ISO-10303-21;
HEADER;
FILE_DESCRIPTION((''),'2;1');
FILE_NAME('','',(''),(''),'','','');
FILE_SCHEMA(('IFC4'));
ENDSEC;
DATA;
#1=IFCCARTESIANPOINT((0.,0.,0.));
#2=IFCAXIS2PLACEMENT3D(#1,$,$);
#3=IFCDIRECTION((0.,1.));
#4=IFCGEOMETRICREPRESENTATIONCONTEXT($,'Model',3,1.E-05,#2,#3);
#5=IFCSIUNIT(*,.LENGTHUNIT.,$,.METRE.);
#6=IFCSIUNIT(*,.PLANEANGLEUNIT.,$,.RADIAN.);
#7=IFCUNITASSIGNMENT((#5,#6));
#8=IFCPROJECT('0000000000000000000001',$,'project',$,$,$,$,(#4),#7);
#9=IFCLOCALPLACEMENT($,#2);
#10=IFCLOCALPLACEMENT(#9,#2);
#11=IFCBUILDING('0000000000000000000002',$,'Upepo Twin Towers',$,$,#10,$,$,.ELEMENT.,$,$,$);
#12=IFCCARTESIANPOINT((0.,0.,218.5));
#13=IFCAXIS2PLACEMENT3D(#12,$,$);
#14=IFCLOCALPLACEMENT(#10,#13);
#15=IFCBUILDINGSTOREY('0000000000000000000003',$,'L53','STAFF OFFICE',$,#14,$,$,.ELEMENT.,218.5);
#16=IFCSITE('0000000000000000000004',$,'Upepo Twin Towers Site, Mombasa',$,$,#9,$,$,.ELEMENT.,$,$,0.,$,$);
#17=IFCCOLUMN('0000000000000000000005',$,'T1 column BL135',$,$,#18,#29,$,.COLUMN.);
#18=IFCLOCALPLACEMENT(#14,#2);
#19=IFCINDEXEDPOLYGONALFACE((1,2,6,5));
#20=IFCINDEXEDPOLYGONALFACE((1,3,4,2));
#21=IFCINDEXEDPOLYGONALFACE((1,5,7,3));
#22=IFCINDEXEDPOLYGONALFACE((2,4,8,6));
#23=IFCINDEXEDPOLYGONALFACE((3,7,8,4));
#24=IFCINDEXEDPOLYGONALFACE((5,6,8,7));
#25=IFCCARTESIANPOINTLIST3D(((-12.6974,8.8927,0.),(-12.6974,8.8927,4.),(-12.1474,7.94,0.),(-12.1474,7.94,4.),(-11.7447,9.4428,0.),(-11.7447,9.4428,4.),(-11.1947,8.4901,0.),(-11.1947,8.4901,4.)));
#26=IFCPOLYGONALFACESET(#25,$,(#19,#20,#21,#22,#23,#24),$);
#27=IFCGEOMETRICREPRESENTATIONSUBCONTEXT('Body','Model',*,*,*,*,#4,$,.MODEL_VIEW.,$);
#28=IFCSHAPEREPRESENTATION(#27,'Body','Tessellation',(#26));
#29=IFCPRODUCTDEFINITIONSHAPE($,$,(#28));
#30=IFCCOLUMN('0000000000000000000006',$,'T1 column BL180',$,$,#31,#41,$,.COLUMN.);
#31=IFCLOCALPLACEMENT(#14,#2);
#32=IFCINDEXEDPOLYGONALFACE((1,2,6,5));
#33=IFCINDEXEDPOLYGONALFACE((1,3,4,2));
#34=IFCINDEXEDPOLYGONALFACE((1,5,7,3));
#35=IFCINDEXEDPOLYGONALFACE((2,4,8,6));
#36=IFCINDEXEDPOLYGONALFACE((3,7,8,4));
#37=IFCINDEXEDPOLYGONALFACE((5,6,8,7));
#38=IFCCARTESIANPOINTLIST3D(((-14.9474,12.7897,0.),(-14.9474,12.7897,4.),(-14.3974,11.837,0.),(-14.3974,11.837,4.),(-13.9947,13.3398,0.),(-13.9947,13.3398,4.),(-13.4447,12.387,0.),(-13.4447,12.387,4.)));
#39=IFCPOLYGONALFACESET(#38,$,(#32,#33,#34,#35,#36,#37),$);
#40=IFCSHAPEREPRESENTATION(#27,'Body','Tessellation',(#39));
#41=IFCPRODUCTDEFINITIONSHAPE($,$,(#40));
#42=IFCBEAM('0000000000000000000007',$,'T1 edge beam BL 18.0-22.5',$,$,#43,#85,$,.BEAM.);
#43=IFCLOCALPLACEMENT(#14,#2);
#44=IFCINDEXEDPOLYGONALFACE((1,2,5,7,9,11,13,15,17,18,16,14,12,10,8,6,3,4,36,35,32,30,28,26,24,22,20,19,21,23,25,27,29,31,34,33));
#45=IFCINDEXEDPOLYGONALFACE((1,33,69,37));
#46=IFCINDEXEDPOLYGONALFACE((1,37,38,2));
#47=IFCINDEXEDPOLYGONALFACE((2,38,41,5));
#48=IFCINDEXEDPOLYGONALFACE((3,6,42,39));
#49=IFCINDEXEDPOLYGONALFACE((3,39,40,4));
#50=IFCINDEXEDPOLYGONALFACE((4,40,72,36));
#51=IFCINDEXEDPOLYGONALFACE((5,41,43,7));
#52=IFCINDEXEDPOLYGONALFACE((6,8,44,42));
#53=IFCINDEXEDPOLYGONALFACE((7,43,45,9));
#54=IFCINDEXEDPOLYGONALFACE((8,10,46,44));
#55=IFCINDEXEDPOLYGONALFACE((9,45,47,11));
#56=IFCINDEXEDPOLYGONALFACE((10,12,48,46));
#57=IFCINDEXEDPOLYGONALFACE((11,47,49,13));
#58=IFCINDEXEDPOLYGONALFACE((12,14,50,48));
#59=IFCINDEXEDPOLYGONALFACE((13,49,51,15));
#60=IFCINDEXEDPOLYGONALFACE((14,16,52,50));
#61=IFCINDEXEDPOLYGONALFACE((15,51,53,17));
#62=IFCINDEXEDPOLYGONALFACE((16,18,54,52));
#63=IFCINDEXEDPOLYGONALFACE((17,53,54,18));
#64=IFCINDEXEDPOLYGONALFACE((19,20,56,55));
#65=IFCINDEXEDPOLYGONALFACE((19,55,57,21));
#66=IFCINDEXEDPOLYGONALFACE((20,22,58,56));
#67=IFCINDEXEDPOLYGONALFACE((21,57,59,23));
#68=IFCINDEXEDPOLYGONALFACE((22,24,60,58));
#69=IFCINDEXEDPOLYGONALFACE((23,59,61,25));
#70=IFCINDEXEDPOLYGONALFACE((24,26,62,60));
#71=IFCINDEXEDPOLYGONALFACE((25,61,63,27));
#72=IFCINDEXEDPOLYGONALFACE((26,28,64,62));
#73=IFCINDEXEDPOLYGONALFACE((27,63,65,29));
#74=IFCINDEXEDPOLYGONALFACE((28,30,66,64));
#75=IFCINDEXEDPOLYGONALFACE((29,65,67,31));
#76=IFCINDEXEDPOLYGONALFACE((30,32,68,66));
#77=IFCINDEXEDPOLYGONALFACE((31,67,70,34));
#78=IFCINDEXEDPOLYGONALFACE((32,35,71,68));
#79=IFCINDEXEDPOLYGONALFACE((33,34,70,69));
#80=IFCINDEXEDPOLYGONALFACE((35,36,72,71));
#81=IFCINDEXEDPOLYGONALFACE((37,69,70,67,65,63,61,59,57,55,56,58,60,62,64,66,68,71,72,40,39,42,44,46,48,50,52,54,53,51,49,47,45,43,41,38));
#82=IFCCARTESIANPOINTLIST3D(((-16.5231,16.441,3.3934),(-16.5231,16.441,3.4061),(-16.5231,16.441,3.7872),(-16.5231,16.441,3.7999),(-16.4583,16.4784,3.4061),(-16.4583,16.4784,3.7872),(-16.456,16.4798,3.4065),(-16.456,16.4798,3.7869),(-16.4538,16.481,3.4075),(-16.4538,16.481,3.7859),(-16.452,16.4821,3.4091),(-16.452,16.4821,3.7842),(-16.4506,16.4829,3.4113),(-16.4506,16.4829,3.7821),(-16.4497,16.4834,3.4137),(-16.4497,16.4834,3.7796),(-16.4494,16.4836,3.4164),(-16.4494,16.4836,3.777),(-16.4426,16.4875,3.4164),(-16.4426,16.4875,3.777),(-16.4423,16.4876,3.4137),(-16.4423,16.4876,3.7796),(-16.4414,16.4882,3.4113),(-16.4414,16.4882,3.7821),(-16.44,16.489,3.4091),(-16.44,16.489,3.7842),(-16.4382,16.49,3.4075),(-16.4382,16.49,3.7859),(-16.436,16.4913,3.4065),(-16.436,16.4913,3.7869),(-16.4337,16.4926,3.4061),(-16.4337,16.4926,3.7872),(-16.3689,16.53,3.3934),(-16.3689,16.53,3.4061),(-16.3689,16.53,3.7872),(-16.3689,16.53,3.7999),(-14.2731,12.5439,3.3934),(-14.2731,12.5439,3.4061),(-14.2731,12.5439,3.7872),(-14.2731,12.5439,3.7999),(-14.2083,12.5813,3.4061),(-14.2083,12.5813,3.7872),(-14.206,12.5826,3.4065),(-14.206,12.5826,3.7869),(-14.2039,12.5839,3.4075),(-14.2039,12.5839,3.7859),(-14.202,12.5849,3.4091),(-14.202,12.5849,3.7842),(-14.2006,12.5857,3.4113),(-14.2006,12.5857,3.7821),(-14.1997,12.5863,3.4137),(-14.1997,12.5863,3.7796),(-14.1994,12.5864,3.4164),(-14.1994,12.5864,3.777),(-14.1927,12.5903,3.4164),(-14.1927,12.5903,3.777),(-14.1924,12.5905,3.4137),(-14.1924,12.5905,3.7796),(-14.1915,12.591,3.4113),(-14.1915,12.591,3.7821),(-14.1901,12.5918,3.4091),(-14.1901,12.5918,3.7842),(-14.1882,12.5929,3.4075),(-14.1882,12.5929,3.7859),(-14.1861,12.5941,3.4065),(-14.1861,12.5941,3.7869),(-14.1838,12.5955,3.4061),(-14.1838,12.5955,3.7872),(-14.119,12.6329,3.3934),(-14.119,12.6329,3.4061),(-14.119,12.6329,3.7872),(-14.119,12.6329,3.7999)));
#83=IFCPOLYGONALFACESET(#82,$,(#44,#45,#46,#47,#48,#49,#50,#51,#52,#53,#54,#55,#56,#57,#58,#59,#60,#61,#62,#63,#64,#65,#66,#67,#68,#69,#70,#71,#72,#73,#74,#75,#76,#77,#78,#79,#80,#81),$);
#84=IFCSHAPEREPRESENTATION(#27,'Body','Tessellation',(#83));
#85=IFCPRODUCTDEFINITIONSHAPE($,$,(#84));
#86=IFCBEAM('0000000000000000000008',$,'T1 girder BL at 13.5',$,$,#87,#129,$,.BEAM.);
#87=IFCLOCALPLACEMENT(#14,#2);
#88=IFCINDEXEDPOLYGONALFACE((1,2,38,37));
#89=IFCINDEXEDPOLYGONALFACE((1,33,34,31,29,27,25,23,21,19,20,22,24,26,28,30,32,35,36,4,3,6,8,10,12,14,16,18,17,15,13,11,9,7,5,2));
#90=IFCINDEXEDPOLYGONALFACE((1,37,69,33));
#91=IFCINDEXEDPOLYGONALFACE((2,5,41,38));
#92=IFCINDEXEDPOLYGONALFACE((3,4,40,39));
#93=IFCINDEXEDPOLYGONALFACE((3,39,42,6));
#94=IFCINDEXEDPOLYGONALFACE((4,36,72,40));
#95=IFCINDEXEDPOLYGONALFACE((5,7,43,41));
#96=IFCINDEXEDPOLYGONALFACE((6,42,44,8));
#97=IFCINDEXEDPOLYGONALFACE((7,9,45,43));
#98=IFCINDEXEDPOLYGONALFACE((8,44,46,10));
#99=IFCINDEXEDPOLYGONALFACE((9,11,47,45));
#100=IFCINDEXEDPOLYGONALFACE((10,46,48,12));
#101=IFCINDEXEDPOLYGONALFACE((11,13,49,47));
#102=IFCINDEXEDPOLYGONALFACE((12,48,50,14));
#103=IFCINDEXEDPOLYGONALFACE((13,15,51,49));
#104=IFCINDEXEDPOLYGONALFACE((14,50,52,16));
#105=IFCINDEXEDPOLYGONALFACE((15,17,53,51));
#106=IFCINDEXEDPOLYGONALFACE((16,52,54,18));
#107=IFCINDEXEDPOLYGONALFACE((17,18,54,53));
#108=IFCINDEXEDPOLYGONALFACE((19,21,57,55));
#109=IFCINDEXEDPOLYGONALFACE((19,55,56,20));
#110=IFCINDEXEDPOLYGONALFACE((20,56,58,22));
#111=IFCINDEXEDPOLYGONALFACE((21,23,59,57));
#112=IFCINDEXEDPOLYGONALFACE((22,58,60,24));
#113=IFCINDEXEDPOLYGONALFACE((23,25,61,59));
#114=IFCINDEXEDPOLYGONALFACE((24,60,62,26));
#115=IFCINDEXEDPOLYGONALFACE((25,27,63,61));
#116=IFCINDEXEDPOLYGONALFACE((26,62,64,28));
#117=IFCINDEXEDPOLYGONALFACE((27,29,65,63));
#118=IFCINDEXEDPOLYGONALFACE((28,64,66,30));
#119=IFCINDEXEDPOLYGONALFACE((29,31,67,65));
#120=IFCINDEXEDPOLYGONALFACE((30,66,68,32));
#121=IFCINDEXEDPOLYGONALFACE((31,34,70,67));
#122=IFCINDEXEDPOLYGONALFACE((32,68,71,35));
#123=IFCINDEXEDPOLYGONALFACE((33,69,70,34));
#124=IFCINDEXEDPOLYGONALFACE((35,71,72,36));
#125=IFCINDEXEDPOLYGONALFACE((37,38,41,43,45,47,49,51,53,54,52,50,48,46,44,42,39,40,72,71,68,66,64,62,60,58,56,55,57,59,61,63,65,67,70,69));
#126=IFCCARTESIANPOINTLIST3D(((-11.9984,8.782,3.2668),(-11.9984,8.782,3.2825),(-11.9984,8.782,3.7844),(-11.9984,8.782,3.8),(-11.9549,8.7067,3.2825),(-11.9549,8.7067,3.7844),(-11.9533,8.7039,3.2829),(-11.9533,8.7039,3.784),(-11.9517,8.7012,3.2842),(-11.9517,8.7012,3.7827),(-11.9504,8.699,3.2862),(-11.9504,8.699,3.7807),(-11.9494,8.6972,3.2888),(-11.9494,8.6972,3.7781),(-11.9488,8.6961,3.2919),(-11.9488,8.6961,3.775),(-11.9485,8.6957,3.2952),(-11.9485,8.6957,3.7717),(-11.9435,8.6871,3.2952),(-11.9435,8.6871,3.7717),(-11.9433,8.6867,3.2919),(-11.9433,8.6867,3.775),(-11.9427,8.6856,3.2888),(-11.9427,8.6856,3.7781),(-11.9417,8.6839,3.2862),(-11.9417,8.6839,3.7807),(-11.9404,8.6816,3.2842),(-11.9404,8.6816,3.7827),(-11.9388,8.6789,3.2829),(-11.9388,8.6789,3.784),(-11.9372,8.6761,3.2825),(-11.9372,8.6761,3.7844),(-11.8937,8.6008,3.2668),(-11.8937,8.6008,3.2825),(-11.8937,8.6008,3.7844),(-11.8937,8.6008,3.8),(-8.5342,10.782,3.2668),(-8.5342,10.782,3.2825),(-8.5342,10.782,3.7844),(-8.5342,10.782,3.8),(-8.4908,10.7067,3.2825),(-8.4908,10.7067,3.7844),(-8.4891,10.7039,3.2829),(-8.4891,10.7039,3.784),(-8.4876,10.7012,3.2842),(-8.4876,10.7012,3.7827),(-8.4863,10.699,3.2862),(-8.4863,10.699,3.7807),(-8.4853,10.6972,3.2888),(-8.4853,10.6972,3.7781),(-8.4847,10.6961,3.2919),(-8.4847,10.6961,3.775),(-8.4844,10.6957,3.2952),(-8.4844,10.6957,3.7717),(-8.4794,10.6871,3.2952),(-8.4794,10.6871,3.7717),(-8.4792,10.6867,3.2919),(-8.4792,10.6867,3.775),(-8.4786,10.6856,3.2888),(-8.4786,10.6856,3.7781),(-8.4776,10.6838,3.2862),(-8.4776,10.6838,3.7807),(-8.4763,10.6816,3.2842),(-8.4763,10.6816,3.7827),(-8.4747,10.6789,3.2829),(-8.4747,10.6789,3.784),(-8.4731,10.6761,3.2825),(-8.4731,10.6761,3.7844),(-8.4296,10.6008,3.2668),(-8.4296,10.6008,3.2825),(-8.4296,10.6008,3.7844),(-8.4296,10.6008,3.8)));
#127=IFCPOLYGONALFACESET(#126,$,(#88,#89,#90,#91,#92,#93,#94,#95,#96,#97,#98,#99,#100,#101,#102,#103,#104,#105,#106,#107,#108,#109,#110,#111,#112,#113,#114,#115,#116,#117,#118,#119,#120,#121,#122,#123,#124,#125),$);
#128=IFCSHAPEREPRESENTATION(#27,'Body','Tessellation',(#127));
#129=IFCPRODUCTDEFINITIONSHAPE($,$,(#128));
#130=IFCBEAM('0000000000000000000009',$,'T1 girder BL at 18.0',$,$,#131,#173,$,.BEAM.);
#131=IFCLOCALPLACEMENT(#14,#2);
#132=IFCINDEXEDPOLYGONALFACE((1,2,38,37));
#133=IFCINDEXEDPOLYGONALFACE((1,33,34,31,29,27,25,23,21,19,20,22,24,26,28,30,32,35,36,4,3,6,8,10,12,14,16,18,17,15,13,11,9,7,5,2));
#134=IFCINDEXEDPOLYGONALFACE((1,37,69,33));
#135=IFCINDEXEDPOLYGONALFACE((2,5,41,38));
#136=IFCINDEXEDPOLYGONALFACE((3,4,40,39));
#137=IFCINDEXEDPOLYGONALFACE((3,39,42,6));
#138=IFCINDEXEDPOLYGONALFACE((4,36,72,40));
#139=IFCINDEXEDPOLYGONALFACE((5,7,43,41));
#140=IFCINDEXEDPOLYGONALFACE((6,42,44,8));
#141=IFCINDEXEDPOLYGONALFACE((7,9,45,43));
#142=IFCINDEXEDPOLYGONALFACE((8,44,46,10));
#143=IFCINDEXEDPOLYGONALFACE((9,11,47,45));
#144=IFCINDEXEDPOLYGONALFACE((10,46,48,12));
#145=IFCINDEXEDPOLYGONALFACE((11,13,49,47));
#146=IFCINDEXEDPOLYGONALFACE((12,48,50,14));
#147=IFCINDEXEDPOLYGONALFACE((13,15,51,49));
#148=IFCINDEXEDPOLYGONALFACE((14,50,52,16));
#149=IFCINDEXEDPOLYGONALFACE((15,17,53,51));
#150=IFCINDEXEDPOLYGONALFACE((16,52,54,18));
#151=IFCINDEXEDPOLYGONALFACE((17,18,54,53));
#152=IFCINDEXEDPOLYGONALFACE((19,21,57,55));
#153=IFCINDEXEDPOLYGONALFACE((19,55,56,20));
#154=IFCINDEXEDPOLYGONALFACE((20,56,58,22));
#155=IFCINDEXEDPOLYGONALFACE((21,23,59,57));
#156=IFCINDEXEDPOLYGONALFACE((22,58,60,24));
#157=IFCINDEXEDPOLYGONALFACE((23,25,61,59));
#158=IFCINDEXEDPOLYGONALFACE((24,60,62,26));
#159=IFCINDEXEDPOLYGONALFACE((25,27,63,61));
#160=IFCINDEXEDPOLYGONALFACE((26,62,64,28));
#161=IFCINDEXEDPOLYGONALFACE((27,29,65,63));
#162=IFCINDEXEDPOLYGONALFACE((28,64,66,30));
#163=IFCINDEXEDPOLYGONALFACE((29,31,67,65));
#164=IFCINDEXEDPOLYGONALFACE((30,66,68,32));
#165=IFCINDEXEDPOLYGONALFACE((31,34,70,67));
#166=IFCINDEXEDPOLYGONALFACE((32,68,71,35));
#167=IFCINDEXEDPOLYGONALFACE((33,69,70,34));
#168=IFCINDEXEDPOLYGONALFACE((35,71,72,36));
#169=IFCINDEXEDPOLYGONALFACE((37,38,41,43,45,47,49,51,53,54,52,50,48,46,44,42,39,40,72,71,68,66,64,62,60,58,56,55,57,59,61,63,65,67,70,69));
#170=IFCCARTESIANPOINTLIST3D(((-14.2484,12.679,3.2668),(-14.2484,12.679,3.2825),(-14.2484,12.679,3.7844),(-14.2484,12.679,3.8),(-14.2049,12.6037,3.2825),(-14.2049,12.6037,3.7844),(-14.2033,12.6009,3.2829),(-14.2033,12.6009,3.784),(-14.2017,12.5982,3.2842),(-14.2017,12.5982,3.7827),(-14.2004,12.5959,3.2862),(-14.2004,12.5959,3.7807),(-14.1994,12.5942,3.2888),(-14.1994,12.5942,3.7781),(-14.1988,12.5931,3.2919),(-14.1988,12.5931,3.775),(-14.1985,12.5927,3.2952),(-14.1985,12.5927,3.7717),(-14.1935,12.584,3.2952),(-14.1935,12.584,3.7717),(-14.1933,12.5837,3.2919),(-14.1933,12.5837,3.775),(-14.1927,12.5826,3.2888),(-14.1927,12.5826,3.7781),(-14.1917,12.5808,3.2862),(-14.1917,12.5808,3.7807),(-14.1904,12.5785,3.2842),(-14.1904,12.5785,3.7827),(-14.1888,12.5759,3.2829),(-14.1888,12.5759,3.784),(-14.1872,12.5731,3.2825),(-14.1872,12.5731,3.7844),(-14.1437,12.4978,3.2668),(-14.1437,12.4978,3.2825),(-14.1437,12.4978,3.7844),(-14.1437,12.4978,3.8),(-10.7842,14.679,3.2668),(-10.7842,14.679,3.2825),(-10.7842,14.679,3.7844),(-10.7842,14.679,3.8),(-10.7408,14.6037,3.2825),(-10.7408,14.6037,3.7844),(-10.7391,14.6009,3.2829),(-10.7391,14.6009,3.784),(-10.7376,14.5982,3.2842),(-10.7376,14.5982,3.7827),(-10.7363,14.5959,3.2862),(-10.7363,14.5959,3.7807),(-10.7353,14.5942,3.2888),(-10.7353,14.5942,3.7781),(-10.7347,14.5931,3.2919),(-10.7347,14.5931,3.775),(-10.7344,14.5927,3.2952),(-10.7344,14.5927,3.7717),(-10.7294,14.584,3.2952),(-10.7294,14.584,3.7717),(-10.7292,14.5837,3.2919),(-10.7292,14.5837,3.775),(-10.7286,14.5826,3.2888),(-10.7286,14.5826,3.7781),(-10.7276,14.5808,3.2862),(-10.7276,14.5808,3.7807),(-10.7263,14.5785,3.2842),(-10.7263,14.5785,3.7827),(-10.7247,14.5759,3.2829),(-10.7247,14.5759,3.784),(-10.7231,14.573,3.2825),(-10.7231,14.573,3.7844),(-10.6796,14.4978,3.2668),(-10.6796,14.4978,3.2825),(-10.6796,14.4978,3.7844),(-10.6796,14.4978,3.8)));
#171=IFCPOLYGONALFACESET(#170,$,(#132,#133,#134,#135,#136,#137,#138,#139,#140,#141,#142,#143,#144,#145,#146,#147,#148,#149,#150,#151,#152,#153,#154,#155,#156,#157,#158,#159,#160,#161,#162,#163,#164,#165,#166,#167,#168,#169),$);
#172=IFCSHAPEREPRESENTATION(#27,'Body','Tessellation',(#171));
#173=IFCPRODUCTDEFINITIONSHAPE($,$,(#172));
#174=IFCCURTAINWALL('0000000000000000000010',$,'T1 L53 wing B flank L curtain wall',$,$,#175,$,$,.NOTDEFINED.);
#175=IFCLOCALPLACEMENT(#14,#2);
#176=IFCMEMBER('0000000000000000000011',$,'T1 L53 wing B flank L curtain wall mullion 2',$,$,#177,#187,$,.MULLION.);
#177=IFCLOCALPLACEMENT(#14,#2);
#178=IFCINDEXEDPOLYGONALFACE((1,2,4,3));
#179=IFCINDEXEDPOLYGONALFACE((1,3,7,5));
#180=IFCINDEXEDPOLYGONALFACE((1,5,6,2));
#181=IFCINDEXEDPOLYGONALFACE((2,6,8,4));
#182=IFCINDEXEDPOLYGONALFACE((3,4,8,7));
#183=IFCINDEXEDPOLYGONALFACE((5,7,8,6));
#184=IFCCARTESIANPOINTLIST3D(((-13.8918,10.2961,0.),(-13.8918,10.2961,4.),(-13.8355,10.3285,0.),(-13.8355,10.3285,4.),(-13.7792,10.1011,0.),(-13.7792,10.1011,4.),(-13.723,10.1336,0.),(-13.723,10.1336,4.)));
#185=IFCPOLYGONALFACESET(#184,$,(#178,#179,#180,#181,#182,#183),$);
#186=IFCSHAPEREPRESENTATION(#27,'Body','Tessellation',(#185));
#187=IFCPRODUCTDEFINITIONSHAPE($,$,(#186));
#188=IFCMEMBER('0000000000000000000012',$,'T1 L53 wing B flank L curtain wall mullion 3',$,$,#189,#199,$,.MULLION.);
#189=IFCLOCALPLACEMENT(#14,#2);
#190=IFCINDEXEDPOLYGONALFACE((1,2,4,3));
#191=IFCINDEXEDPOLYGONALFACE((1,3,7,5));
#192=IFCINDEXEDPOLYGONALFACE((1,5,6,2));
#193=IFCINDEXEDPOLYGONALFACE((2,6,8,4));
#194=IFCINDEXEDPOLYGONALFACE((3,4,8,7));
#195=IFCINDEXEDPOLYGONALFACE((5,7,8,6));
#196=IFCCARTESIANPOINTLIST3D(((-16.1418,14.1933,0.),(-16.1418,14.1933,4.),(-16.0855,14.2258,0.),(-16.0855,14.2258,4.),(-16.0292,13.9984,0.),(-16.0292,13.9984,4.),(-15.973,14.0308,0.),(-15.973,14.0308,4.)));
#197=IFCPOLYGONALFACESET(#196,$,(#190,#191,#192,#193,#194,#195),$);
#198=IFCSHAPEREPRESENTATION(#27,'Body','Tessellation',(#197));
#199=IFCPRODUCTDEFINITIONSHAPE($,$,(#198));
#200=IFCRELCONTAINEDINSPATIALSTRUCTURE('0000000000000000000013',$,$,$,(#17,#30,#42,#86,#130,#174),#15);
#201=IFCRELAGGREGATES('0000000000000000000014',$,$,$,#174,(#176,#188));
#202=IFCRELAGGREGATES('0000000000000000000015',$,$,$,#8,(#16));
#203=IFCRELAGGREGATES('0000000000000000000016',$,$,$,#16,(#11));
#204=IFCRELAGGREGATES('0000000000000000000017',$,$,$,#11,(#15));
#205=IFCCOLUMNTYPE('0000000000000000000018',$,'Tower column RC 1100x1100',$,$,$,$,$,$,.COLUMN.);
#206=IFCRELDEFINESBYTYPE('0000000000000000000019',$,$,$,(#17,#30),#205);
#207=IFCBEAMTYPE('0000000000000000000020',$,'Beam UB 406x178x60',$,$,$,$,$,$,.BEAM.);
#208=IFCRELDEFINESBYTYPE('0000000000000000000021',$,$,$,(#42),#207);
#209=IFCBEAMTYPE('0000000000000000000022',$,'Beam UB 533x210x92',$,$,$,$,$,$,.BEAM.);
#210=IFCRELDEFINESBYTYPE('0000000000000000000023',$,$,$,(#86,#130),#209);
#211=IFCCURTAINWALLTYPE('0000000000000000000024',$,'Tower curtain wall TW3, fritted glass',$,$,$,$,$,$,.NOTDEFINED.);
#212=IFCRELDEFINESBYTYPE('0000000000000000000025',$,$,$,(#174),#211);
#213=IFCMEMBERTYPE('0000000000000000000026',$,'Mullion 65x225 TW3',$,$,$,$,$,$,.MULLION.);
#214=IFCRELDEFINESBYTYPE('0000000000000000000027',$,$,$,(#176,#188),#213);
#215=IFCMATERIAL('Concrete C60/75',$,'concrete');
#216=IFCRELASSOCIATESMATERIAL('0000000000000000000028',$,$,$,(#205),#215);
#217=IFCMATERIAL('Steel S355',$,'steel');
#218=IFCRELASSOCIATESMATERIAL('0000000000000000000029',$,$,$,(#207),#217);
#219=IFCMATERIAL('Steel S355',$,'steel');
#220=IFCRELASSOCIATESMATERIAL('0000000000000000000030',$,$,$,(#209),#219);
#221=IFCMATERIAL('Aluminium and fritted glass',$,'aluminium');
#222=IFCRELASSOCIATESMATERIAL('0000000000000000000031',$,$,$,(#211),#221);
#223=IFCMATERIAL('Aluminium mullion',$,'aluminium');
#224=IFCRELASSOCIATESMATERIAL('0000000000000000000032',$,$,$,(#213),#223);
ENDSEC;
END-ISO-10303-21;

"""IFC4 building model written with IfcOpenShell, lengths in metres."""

from ifc_helpers import new_model, si_unit, direction, frame, origin, origin_2d, place, context, subcontext, project, spatial, rectangle, i_section, extrude, material, material_profile, profile_set, type_object, element, aggregate, save


model = new_model("IFC4")

# Units and contexts
model_context = context("Model", 3, precision=1e-05, world=origin(), true_north=direction((0.0, 1.0)))
body_context = subcontext(model_context, "Body", "Model", "MODEL_VIEW")
ifc_project = project(units=[si_unit("LENGTHUNIT", "METRE"), si_unit("PLANEANGLEUNIT", "RADIAN")], contexts=[model_context])

# Site, building, storey
site_placement = place(None, origin())
site = spatial("IfcSite", under=ifc_project, at=site_placement, Name="Upepo Twin Towers Site, Mombasa", CompositionType="ELEMENT", RefElevation=0.0)
building_placement = place(site_placement, origin())
building = spatial("IfcBuilding", under=site, at=building_placement, Name="Upepo Twin Towers", CompositionType="ELEMENT")
storey_placement = place(building_placement, frame((0.0, 0.0, 218.5)))
storey = spatial("IfcBuildingStorey", under=building, at=storey_placement, Name="L53", Description="STAFF OFFICE", CompositionType="ELEMENT", Elevation=218.5)

# Columns
ifc_material_1 = material(Name="Concrete C60/75", Category="concrete")
ifc_material_profile_1 = material_profile(ifc_material_1, rectangle(XDim=1.1001, YDim=1.1001, at=origin_2d()), Name="RC 1100x1100")
ifc_profile_set_1 = profile_set([ifc_material_profile_1], Name="Concrete C60/75")
column_type = type_object("IfcColumnType", Name="Tower column RC 1100x1100", PredefinedType="COLUMN", material=ifc_profile_set_1)
for number, where, z_axis, x_axis, name in (
    (1, (-11.946, 8.6914, 0.0), (0.0, 0.0, 1.0), (0.866025, 0.5, 0.0), "T1 column BL135"),
    (2, (-14.196, 12.5884, 0.0), (0.0, 0.0, 1.0), (0.866025, 0.5, 0.0), "T1 column BL180"),
):
    element("IfcColumn", number, at=place(storey_placement, frame(where, z_axis=z_axis, x_axis=x_axis)), inside=storey, type_object=column_type, Name=name, PredefinedType="COLUMN", context=body_context, shape_type="SweptSolid", body=[
        extrude(rectangle(XDim=1.1001, YDim=1.1001, at=origin_2d()), origin(), (0.0, 0.0, 1.0), 4.0),
    ])

# Beams
ifc_material_2 = material(Name="Steel S355", Category="steel")
ifc_material_profile_2 = material_profile(ifc_material_2, i_section(OverallWidth=0.178, OverallDepth=0.4065, WebThickness=0.0078, FlangeThickness=0.0127, FilletRadius=0.0103, at=origin_2d()), Name="UB 406x178x60")
ifc_profile_set_2 = profile_set([ifc_material_profile_2], Name="Steel S355")
beam_type_1 = type_object("IfcBeamType", Name="Beam UB 406x178x60", PredefinedType="BEAM", material=ifc_profile_set_2)
beam_placement = place(storey_placement, frame((-14.196, 12.5884, 3.5967), z_axis=(-0.49999, 0.866031, 0.0), x_axis=(-0.866031, -0.49999, 0.0)))
element("IfcBeam", 3, at=beam_placement, inside=storey, type_object=beam_type_1, Name="T1 edge beam BL 18.0-22.5", PredefinedType="BEAM", context=body_context, shape_type="SweptSolid", body=[
    extrude(i_section(OverallWidth=0.178, OverallDepth=0.4065, WebThickness=0.0078, FlangeThickness=0.0127, FilletRadius=0.0103, at=origin_2d()), origin(), (0.0, 0.0, 1.0), 4.5),
])
ifc_material_3 = material(Name="Steel S355", Category="steel")
ifc_material_profile_3 = material_profile(ifc_material_3, i_section(OverallWidth=0.2092, OverallDepth=0.5332, WebThickness=0.01, FlangeThickness=0.0156, FilletRadius=0.0127, at=origin_2d()), Name="UB 533x210x92")
ifc_profile_set_3 = profile_set([ifc_material_profile_3], Name="Steel S355")
beam_type_2 = type_object("IfcBeamType", Name="Beam UB 533x210x92", PredefinedType="BEAM", material=ifc_profile_set_3)
for number, where, z_axis, x_axis, name in (
    (4, (-11.946, 8.6914, 3.5334), (0.866026, 0.499999, 0.0), (-0.499999, 0.866026, 0.0), "T1 girder BL at 13.5"),
    (5, (-14.196, 12.5884, 3.5334), (0.866026, 0.499999, 0.0), (-0.499999, 0.866026, 0.0), "T1 girder BL at 18.0"),
):
    element("IfcBeam", number, at=place(storey_placement, frame(where, z_axis=z_axis, x_axis=x_axis)), inside=storey, type_object=beam_type_2, Name=name, PredefinedType="BEAM", context=body_context, shape_type="SweptSolid", body=[
        extrude(i_section(OverallWidth=0.2092, OverallDepth=0.5332, WebThickness=0.01, FlangeThickness=0.0156, FilletRadius=0.0127, at=origin_2d()), origin(), (0.0, 0.0, 1.0), 4.0),
    ])

# Curtain wall, members
ifc_material_4 = material(Name="Aluminium and fritted glass", Category="aluminium")
curtain_wall_type = type_object("IfcCurtainWallType", Name="Tower curtain wall TW3, fritted glass", PredefinedType="NOTDEFINED", material=ifc_material_4)
curtain_wall_placement = place(storey_placement, origin())
curtain_wall = element("IfcCurtainWall", 6, at=curtain_wall_placement, inside=storey, type_object=curtain_wall_type, Name="T1 L53 wing B flank L curtain wall", PredefinedType="NOTDEFINED")
ifc_material_5 = material(Name="Aluminium mullion", Category="aluminium")
ifc_material_profile_4 = material_profile(ifc_material_5, rectangle(XDim=0.0649, YDim=0.2251, at=origin_2d()), Name="MULLION 65x225")
ifc_profile_set_4 = profile_set([ifc_material_profile_4], Name="Aluminium mullion")
member_type_1 = type_object("IfcMemberType", Name="Mullion 65x225 TW3", PredefinedType="MULLION", material=ifc_profile_set_4)
member_1_placement = place(storey_placement, frame((-13.8074, 10.2148, 0.0), z_axis=(0.0, 0.0, 1.0), x_axis=(-0.866025, -0.5, 0.0)))
member_1 = element("IfcMember", 7, at=member_1_placement, type_object=member_type_1, Name="T1 L53 wing B flank L curtain wall mullion 2", PredefinedType="MULLION", context=body_context, shape_type="SweptSolid", body=[
    extrude(rectangle(XDim=0.0649, YDim=0.2251, at=origin_2d()), origin(), (0.0, 0.0, 1.0), 4.0),
])
member_2_placement = place(storey_placement, frame((-16.0574, 14.1121, 0.0), z_axis=(0.0, 0.0, 1.0), x_axis=(-0.866025, -0.5, 0.0)))
member_2 = element("IfcMember", 8, at=member_2_placement, type_object=member_type_1, Name="T1 L53 wing B flank L curtain wall mullion 3", PredefinedType="MULLION", context=body_context, shape_type="SweptSolid", body=[
    extrude(rectangle(XDim=0.0649, YDim=0.2251, at=origin_2d()), origin(), (0.0, 0.0, 1.0), 4.0),
])
aggregate(curtain_wall, [member_1, member_2])

save(model, "model.ifc")
